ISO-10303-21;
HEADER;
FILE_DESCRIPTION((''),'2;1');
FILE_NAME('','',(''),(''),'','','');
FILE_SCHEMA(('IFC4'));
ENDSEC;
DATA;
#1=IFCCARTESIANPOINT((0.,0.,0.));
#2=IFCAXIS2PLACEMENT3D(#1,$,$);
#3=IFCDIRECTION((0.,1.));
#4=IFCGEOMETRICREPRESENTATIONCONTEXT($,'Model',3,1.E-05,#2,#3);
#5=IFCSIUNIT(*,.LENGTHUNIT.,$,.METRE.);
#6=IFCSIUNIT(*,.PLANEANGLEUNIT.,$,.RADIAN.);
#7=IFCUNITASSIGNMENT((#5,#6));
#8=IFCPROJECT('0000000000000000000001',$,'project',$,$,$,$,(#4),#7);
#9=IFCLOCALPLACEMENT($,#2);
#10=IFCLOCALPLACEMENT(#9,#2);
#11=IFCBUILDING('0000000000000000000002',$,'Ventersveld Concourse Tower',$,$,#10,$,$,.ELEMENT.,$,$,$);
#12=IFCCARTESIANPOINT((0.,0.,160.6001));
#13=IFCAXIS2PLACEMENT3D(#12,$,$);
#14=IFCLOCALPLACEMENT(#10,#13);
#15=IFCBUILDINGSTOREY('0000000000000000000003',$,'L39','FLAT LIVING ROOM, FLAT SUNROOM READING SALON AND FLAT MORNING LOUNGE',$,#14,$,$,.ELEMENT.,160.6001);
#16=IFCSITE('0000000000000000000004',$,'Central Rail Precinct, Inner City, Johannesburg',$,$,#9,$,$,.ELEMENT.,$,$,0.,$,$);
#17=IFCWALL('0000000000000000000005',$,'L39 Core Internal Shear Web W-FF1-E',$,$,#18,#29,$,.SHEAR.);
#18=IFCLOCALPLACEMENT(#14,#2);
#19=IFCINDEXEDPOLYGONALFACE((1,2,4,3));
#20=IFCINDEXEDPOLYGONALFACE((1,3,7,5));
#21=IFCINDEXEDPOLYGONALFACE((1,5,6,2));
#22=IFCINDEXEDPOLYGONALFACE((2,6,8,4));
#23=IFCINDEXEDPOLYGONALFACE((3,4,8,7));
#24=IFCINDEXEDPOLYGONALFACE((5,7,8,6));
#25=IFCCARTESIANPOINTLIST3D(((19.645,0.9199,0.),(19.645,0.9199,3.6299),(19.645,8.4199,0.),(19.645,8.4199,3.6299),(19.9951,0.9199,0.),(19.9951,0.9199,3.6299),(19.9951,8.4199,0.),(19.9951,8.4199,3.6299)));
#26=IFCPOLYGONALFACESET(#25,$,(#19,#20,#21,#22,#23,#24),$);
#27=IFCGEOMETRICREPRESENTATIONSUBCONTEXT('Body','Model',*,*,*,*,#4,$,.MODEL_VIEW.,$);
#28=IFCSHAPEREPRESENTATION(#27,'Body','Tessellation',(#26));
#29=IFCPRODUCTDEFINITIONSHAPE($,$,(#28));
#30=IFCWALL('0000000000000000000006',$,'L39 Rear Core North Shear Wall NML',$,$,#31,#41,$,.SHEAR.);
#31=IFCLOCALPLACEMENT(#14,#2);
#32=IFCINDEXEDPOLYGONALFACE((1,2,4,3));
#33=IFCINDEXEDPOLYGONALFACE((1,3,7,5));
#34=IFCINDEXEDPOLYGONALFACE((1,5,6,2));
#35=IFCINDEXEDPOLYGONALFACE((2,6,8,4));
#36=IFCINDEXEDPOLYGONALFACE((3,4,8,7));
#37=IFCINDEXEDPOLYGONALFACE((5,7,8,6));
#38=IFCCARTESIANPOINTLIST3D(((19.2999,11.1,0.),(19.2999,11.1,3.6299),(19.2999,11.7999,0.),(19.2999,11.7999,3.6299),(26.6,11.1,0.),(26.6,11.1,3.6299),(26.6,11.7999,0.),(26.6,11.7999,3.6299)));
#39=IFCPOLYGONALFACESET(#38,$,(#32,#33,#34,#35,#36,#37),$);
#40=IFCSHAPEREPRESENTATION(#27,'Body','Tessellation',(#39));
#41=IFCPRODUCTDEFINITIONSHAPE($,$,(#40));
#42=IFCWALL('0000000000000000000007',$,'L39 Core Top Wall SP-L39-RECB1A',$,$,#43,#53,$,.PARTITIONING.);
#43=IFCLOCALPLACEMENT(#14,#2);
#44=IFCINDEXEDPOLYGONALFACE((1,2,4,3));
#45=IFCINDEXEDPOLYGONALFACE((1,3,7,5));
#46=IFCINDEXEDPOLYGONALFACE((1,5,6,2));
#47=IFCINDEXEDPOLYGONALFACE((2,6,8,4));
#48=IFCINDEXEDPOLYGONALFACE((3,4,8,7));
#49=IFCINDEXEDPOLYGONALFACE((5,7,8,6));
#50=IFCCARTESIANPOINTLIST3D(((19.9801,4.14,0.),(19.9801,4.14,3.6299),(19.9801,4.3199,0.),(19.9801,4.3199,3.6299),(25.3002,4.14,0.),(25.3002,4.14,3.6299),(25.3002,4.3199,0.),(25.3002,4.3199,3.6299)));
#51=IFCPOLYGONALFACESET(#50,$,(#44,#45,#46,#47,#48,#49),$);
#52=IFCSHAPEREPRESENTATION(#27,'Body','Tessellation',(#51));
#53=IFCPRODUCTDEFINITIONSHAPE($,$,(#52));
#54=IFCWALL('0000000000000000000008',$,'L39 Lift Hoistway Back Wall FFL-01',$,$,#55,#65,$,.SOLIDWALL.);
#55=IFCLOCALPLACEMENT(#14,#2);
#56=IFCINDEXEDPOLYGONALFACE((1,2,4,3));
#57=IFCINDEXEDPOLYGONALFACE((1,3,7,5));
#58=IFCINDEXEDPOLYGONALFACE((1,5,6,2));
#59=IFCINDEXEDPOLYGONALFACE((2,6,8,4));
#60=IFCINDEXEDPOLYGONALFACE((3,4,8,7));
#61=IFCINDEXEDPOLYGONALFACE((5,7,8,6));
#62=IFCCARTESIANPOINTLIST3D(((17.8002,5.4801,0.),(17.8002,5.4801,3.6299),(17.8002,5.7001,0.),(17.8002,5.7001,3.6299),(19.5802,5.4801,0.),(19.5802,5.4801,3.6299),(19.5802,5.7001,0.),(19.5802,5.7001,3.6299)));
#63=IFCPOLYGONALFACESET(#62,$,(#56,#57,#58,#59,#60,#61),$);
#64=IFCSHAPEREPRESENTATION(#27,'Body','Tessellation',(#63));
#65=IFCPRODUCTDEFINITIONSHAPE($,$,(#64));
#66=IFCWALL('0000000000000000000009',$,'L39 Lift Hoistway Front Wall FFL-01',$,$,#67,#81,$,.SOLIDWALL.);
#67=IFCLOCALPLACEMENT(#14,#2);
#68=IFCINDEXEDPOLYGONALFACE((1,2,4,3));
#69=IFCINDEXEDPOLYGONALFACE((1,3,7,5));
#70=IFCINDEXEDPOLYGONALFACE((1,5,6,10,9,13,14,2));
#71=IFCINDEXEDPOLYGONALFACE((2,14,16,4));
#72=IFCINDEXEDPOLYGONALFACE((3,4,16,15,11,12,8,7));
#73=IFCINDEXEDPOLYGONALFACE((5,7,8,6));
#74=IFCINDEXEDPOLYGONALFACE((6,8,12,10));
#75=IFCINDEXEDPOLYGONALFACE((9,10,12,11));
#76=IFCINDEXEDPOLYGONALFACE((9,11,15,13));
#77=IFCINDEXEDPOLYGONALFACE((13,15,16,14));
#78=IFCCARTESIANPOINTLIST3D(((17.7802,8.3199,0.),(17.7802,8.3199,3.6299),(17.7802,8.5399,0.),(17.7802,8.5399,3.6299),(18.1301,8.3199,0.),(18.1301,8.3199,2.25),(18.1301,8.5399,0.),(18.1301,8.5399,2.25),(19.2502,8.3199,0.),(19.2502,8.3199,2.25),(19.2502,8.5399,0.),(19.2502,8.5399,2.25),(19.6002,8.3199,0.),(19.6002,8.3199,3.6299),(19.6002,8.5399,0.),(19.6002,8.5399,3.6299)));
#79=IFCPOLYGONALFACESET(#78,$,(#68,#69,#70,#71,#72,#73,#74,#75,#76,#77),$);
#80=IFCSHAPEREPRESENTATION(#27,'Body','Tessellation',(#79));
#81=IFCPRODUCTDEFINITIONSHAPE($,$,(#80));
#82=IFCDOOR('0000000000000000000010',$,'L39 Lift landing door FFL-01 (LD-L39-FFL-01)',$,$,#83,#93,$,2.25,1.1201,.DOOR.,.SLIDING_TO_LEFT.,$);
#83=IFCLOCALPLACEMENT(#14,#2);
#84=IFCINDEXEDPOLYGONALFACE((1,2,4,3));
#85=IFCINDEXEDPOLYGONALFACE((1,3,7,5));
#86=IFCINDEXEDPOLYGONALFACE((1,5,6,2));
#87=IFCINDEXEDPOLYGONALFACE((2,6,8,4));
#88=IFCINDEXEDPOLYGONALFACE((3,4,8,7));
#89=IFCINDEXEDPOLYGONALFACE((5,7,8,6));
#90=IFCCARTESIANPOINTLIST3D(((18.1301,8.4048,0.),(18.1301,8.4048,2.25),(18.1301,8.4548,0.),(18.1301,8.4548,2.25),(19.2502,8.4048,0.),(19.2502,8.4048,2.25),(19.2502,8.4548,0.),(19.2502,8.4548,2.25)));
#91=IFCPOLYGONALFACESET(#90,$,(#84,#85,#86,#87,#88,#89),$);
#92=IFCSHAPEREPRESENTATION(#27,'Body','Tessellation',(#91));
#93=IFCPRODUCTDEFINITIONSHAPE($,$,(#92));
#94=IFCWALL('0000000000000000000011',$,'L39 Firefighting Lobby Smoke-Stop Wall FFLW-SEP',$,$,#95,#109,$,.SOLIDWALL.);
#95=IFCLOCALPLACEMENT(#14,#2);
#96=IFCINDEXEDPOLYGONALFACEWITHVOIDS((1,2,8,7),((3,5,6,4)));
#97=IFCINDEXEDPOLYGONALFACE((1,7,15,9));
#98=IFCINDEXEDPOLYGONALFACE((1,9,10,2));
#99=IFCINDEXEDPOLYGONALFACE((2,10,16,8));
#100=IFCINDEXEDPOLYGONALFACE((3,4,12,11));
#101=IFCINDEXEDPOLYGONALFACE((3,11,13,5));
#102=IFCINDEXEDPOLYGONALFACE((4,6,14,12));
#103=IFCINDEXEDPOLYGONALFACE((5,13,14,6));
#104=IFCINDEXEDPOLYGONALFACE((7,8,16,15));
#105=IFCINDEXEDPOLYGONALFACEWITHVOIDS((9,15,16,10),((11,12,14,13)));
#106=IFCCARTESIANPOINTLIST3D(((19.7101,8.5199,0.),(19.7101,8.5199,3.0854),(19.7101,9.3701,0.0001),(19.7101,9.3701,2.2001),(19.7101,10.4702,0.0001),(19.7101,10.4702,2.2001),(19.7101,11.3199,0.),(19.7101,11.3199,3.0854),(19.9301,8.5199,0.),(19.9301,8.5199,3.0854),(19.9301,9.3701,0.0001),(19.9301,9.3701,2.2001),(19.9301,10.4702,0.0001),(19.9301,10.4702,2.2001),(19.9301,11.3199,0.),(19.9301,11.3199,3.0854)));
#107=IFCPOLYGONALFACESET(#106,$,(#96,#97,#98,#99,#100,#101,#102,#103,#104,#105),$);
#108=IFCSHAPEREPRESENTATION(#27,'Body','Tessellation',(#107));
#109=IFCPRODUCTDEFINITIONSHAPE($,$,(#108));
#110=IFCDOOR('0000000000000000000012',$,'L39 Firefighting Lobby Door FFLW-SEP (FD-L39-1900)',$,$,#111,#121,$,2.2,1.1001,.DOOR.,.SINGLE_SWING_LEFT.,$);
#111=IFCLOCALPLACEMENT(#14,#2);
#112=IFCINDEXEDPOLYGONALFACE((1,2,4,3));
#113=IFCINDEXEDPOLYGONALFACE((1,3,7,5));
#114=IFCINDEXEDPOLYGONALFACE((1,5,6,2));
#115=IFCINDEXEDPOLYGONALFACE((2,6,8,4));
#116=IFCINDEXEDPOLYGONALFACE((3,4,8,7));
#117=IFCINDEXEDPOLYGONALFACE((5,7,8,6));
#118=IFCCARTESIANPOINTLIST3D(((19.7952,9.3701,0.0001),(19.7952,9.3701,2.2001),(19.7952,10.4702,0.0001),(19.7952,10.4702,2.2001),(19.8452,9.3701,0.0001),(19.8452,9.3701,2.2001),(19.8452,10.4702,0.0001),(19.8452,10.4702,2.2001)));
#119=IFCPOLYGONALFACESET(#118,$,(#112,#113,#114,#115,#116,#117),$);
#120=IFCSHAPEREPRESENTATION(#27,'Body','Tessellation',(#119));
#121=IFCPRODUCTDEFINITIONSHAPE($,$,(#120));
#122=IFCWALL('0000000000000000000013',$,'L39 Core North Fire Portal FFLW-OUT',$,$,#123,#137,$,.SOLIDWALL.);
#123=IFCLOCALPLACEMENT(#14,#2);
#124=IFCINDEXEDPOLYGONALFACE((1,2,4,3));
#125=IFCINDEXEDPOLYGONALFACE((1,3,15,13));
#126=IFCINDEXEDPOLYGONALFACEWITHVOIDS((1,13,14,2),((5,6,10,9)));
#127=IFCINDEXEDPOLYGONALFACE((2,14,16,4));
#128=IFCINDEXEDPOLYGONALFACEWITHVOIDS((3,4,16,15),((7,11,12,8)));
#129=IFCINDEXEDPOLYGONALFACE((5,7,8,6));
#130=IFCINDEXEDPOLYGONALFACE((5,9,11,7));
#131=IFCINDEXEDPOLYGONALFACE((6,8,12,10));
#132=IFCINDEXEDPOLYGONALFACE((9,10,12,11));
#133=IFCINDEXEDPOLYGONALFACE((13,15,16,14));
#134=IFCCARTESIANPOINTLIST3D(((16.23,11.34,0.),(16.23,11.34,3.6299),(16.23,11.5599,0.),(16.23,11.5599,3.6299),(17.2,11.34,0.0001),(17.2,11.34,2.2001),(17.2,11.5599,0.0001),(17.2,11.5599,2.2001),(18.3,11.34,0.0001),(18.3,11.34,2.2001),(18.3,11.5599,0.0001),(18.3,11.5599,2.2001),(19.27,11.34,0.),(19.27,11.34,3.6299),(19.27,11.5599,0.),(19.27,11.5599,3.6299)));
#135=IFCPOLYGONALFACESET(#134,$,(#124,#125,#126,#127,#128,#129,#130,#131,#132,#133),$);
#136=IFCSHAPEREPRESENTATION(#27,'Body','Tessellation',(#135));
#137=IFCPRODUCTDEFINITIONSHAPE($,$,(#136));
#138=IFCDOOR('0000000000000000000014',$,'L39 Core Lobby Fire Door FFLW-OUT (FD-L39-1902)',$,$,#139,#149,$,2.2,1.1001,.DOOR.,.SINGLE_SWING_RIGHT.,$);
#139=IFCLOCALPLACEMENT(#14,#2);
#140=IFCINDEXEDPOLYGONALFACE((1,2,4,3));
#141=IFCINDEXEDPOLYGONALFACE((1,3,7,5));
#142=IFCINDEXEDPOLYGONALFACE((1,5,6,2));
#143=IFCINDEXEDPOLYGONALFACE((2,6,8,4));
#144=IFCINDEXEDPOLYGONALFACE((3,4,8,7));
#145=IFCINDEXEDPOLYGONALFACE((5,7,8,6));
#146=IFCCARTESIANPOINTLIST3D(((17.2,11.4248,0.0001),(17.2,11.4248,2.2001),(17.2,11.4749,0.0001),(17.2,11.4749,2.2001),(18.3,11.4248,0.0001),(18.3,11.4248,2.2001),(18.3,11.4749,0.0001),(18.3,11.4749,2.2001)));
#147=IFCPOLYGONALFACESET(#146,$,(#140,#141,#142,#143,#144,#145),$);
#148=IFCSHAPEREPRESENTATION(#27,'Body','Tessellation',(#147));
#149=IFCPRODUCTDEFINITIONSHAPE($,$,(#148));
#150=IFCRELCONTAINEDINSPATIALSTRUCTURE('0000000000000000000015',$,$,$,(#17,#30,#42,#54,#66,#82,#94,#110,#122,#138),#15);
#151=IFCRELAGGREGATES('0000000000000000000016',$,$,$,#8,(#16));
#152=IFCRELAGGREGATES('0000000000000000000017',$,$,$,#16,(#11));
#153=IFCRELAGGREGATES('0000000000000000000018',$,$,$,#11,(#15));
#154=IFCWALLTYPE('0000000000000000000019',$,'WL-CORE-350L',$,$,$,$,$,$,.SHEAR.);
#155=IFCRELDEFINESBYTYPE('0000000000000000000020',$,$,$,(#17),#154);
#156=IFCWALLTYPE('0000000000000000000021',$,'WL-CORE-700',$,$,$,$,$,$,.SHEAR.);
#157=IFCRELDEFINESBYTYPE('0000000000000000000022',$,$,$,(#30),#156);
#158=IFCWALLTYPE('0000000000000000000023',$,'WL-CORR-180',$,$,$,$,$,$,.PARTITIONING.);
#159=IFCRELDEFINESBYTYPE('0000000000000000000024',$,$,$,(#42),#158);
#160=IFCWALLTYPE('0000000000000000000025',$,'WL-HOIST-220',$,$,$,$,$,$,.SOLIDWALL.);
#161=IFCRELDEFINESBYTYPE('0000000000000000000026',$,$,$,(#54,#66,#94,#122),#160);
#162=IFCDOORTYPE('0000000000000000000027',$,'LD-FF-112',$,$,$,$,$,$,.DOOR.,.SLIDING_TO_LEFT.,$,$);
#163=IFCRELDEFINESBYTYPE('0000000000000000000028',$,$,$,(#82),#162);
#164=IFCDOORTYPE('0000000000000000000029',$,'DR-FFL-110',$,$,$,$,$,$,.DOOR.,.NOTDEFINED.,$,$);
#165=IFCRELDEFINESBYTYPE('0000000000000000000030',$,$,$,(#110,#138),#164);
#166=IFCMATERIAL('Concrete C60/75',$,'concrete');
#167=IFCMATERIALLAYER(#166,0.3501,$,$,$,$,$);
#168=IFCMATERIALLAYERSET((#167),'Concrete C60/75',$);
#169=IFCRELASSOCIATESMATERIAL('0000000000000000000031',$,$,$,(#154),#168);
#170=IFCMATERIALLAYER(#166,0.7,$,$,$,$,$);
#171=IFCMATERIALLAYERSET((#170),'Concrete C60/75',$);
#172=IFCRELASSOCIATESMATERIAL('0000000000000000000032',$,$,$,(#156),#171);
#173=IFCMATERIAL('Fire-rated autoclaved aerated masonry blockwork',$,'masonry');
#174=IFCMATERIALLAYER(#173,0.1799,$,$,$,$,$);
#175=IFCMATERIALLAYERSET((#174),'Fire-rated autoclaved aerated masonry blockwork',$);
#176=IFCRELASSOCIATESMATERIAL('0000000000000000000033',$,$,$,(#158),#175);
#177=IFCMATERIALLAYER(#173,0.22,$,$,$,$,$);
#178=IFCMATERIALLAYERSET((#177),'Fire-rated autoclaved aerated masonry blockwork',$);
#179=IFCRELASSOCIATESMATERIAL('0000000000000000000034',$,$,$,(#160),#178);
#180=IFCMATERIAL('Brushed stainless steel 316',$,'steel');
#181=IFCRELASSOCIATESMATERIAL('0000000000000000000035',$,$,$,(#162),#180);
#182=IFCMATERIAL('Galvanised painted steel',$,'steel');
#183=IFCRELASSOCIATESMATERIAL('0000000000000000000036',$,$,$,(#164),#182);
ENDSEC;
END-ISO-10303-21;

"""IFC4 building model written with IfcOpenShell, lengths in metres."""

from ifc_helpers import new_model, si_unit, direction, frame, frame_2d, origin, place, context, subcontext, project, spatial, rectangle, extrude, material, layer, layer_set, type_object, element, fill, save


model = new_model("IFC4")

# Units and contexts
model_context = context("Model", 3, precision=1e-05, world=origin(), true_north=direction((0.0, 1.0)))
body_context = subcontext(model_context, "Body", "Model", "MODEL_VIEW")
ifc_project = project(units=[si_unit("LENGTHUNIT", "METRE"), si_unit("PLANEANGLEUNIT", "RADIAN")], contexts=[model_context])

# Site, building, storey
site_placement = place(None, origin())
site = spatial("IfcSite", under=ifc_project, at=site_placement, Name="Central Rail Precinct, Inner City, Johannesburg", CompositionType="ELEMENT", RefElevation=0.0)
building_placement = place(site_placement, origin())
building = spatial("IfcBuilding", under=site, at=building_placement, Name="Ventersveld Concourse Tower", CompositionType="ELEMENT")
storey_placement = place(building_placement, frame((0.0, 0.0, 160.6001)))
storey = spatial("IfcBuildingStorey", under=building, at=storey_placement, Name="L39", Description="FLAT LIVING ROOM, FLAT SUNROOM READING SALON AND FLAT MORNING LOUNGE", CompositionType="ELEMENT", Elevation=160.6001)

# Shared definitions
ifc_material_1 = material(Name="Concrete C60/75", Category="concrete")

# Walls
ifc_layer_1 = layer(ifc_material_1, 0.3501)
ifc_layer_set_1 = layer_set([ifc_layer_1], Name="Concrete C60/75")
wall_type_1 = type_object("IfcWallType", Name="WL-CORE-350L", PredefinedType="SHEAR", material=ifc_layer_set_1)
for number, where, z_axis, x_axis, name in (
    (1, (19.8201, 0.9199, 0.0), (0.0, 0.0, 1.0), (0.0, 1.0, 0.0), "L39 Core Internal Shear Web W-FF1-E"),
):
    element("IfcWall", number, at=place(storey_placement, frame(where, z_axis=z_axis, x_axis=x_axis)), inside=storey, type_object=wall_type_1, Name=name, PredefinedType="SHEAR", context=body_context, shape_type="SweptSolid", body=[
        extrude(rectangle(XDim=7.5, YDim=0.3501, at=frame_2d((3.75, 0.0))), origin(), (0.0, 0.0, 1.0), 3.6299),
    ])
ifc_layer_2 = layer(ifc_material_1, 0.7)
ifc_layer_set_2 = layer_set([ifc_layer_2], Name="Concrete C60/75")
wall_type_2 = type_object("IfcWallType", Name="WL-CORE-700", PredefinedType="SHEAR", material=ifc_layer_set_2)
wall_1_placement = place(storey_placement, frame((19.3, 11.45, 0.0), z_axis=(0.0, 0.0, 1.0), x_axis=(1.0, 0.0, 0.0)))
element("IfcWall", 2, at=wall_1_placement, inside=storey, type_object=wall_type_2, Name="L39 Rear Core North Shear Wall NML", PredefinedType="SHEAR", context=body_context, shape_type="SweptSolid", body=[
    extrude(rectangle(XDim=7.3, YDim=0.7, at=frame_2d((3.6499, 0.0))), origin(), (0.0, 0.0, 1.0), 3.6299),
])
ifc_material_2 = material(Name="Fire-rated autoclaved aerated masonry blockwork", Category="masonry")
ifc_layer_3 = layer(ifc_material_2, 0.1799)
ifc_layer_set_3 = layer_set([ifc_layer_3], Name="Fire-rated autoclaved aerated masonry blockwork")
wall_type_3 = type_object("IfcWallType", Name="WL-CORR-180", PredefinedType="PARTITIONING", material=ifc_layer_set_3)
wall_2_placement = place(storey_placement, frame((19.98, 4.23, 0.0), z_axis=(0.0, 0.0, 1.0), x_axis=(1.0, 0.0, 0.0)))
element("IfcWall", 3, at=wall_2_placement, inside=storey, type_object=wall_type_3, Name="L39 Core Top Wall SP-L39-RECB1A", PredefinedType="PARTITIONING", context=body_context, shape_type="SweptSolid", body=[
    extrude(rectangle(XDim=5.3201, YDim=0.1799, at=frame_2d((2.6602, 0.0))), origin(), (0.0, 0.0, 1.0), 3.6299),
])
ifc_layer_4 = layer(ifc_material_2, 0.22)
ifc_layer_set_4 = layer_set([ifc_layer_4], Name="Fire-rated autoclaved aerated masonry blockwork")
wall_type_4 = type_object("IfcWallType", Name="WL-HOIST-220", PredefinedType="SOLIDWALL", material=ifc_layer_set_4)
wall_3_placement = place(storey_placement, frame((17.8, 5.5901, 0.0), z_axis=(0.0, 0.0, 1.0), x_axis=(1.0, 0.0, 0.0)))
element("IfcWall", 4, at=wall_3_placement, inside=storey, type_object=wall_type_4, Name="L39 Lift Hoistway Back Wall FFL-01", PredefinedType="SOLIDWALL", context=body_context, shape_type="SweptSolid", body=[
    extrude(rectangle(XDim=1.78, YDim=0.22, at=frame_2d((0.8901, 0.0))), origin(), (0.0, 0.0, 1.0), 3.6299),
])

# Walls, openings, doors
wall_4_placement = place(storey_placement, frame((17.78, 8.4299, 0.0), z_axis=(0.0, 0.0, 1.0), x_axis=(1.0, 0.0, 0.0)))
wall_4 = element("IfcWall", 5, at=wall_4_placement, inside=storey, type_object=wall_type_4, Name="L39 Lift Hoistway Front Wall FFL-01", PredefinedType="SOLIDWALL", context=body_context, shape_type="SweptSolid", body=[
    extrude(rectangle(XDim=1.8201, YDim=0.22, at=frame_2d((0.9102, 0.0))), origin(), (0.0, 0.0, 1.0), 3.6299),
])
opening_1_placement = place(wall_4_placement, frame((0.3501, 0.0, 0.0)))
opening_1 = element("IfcOpeningElement", 6, at=opening_1_placement, cuts=wall_4, PredefinedType="OPENING", context=body_context, shape_type="SweptSolid", body=[
    extrude(rectangle(XDim=1.1201, YDim=2.25, at=frame_2d((0.5601, 1.125))), frame((0.0, 0.1201, 0.0), z_axis=(0.0, -1.0, 0.0), x_axis=(1.0, 0.0, 0.0)), (0.0, 0.0, 1.0), 0.24),
])
ifc_material_3 = material(Name="Brushed stainless steel 316", Category="steel")
door_type_1 = type_object("IfcDoorType", Name="LD-FF-112", OperationType="SLIDING_TO_LEFT", PredefinedType="DOOR", material=ifc_material_3)
door_1_placement = place(opening_1_placement, origin())
door_1 = element("IfcDoor", 7, at=door_1_placement, inside=storey, type_object=door_type_1, Name="L39 Lift landing door FFL-01 (LD-L39-FFL-01)", OperationType="SLIDING_TO_LEFT", OverallHeight=2.25, OverallWidth=1.1201, PredefinedType="DOOR", context=body_context, shape_type="SweptSolid", body=[
    extrude(rectangle(XDim=1.1201, YDim=2.25, at=frame_2d((0.5601, 1.125))), frame((0.0, 0.0249, 0.0), z_axis=(0.0, -1.0, 0.0), x_axis=(1.0, 0.0, 0.0)), (0.0, 0.0, 1.0), 0.05),
])
fill(opening_1, door_1)
wall_5_placement = place(storey_placement, frame((19.8201, 8.52, 0.0), z_axis=(0.0, 0.0, 1.0), x_axis=(0.0, 1.0, 0.0)))
wall_5 = element("IfcWall", 8, at=wall_5_placement, inside=storey, type_object=wall_type_4, Name="L39 Firefighting Lobby Smoke-Stop Wall FFLW-SEP", PredefinedType="SOLIDWALL", context=body_context, shape_type="SweptSolid", body=[
    extrude(rectangle(XDim=2.8, YDim=0.22, at=frame_2d((1.3999, 0.0))), origin(), (0.0, 0.0, 1.0), 3.0854),
])
opening_2_placement = place(wall_5_placement, frame((0.8501, 0.0, 0.0)))
opening_2 = element("IfcOpeningElement", 9, at=opening_2_placement, cuts=wall_5, PredefinedType="OPENING", context=body_context, shape_type="SweptSolid", body=[
    extrude(rectangle(XDim=1.1001, YDim=2.2, at=frame_2d((0.55, 1.1001))), frame((0.0, 0.1201, 0.0), z_axis=(0.0, -1.0, 0.0), x_axis=(1.0, 0.0, 0.0)), (0.0, 0.0, 1.0), 0.24),
])
ifc_material_4 = material(Name="Galvanised painted steel", Category="steel")
door_type_2 = type_object("IfcDoorType", Name="DR-FFL-110", OperationType="NOTDEFINED", PredefinedType="DOOR", material=ifc_material_4)
door_2_placement = place(opening_2_placement, origin())
door_2 = element("IfcDoor", 10, at=door_2_placement, inside=storey, type_object=door_type_2, Name="L39 Firefighting Lobby Door FFLW-SEP (FD-L39-1900)", OperationType="SINGLE_SWING_LEFT", OverallHeight=2.2, OverallWidth=1.1001, PredefinedType="DOOR", context=body_context, shape_type="SweptSolid", body=[
    extrude(rectangle(XDim=1.1001, YDim=2.2, at=frame_2d((0.55, 1.1001))), frame((0.0, 0.0249, 0.0), z_axis=(0.0, -1.0, 0.0), x_axis=(1.0, 0.0, 0.0)), (0.0, 0.0, 1.0), 0.05),
])
fill(opening_2, door_2)
wall_6_placement = place(storey_placement, frame((16.23, 11.45, 0.0), z_axis=(0.0, 0.0, 1.0), x_axis=(1.0, 0.0, 0.0)))
wall_6 = element("IfcWall", 11, at=wall_6_placement, inside=storey, type_object=wall_type_4, Name="L39 Core North Fire Portal FFLW-OUT", PredefinedType="SOLIDWALL", context=body_context, shape_type="SweptSolid", body=[
    extrude(rectangle(XDim=3.04, YDim=0.22, at=frame_2d((1.52, 0.0))), origin(), (0.0, 0.0, 1.0), 3.6299),
])
opening_3_placement = place(wall_6_placement, frame((0.97, 0.0, 0.0)))
opening_3 = element("IfcOpeningElement", 12, at=opening_3_placement, cuts=wall_6, PredefinedType="OPENING", context=body_context, shape_type="SweptSolid", body=[
    extrude(rectangle(XDim=1.1001, YDim=2.2, at=frame_2d((0.55, 1.1001))), frame((0.0, 0.1201, 0.0), z_axis=(0.0, -1.0, 0.0), x_axis=(1.0, 0.0, 0.0)), (0.0, 0.0, 1.0), 0.24),
])
door_3_placement = place(opening_3_placement, origin())
door_3 = element("IfcDoor", 13, at=door_3_placement, inside=storey, type_object=door_type_2, Name="L39 Core Lobby Fire Door FFLW-OUT (FD-L39-1902)", OperationType="SINGLE_SWING_RIGHT", OverallHeight=2.2, OverallWidth=1.1001, PredefinedType="DOOR", context=body_context, shape_type="SweptSolid", body=[
    extrude(rectangle(XDim=1.1001, YDim=2.2, at=frame_2d((0.55, 1.1001))), frame((0.0, 0.0249, 0.0), z_axis=(0.0, -1.0, 0.0), x_axis=(1.0, 0.0, 0.0)), (0.0, 0.0, 1.0), 0.05),
])
fill(opening_3, door_3)

save(model, "model.ifc")
